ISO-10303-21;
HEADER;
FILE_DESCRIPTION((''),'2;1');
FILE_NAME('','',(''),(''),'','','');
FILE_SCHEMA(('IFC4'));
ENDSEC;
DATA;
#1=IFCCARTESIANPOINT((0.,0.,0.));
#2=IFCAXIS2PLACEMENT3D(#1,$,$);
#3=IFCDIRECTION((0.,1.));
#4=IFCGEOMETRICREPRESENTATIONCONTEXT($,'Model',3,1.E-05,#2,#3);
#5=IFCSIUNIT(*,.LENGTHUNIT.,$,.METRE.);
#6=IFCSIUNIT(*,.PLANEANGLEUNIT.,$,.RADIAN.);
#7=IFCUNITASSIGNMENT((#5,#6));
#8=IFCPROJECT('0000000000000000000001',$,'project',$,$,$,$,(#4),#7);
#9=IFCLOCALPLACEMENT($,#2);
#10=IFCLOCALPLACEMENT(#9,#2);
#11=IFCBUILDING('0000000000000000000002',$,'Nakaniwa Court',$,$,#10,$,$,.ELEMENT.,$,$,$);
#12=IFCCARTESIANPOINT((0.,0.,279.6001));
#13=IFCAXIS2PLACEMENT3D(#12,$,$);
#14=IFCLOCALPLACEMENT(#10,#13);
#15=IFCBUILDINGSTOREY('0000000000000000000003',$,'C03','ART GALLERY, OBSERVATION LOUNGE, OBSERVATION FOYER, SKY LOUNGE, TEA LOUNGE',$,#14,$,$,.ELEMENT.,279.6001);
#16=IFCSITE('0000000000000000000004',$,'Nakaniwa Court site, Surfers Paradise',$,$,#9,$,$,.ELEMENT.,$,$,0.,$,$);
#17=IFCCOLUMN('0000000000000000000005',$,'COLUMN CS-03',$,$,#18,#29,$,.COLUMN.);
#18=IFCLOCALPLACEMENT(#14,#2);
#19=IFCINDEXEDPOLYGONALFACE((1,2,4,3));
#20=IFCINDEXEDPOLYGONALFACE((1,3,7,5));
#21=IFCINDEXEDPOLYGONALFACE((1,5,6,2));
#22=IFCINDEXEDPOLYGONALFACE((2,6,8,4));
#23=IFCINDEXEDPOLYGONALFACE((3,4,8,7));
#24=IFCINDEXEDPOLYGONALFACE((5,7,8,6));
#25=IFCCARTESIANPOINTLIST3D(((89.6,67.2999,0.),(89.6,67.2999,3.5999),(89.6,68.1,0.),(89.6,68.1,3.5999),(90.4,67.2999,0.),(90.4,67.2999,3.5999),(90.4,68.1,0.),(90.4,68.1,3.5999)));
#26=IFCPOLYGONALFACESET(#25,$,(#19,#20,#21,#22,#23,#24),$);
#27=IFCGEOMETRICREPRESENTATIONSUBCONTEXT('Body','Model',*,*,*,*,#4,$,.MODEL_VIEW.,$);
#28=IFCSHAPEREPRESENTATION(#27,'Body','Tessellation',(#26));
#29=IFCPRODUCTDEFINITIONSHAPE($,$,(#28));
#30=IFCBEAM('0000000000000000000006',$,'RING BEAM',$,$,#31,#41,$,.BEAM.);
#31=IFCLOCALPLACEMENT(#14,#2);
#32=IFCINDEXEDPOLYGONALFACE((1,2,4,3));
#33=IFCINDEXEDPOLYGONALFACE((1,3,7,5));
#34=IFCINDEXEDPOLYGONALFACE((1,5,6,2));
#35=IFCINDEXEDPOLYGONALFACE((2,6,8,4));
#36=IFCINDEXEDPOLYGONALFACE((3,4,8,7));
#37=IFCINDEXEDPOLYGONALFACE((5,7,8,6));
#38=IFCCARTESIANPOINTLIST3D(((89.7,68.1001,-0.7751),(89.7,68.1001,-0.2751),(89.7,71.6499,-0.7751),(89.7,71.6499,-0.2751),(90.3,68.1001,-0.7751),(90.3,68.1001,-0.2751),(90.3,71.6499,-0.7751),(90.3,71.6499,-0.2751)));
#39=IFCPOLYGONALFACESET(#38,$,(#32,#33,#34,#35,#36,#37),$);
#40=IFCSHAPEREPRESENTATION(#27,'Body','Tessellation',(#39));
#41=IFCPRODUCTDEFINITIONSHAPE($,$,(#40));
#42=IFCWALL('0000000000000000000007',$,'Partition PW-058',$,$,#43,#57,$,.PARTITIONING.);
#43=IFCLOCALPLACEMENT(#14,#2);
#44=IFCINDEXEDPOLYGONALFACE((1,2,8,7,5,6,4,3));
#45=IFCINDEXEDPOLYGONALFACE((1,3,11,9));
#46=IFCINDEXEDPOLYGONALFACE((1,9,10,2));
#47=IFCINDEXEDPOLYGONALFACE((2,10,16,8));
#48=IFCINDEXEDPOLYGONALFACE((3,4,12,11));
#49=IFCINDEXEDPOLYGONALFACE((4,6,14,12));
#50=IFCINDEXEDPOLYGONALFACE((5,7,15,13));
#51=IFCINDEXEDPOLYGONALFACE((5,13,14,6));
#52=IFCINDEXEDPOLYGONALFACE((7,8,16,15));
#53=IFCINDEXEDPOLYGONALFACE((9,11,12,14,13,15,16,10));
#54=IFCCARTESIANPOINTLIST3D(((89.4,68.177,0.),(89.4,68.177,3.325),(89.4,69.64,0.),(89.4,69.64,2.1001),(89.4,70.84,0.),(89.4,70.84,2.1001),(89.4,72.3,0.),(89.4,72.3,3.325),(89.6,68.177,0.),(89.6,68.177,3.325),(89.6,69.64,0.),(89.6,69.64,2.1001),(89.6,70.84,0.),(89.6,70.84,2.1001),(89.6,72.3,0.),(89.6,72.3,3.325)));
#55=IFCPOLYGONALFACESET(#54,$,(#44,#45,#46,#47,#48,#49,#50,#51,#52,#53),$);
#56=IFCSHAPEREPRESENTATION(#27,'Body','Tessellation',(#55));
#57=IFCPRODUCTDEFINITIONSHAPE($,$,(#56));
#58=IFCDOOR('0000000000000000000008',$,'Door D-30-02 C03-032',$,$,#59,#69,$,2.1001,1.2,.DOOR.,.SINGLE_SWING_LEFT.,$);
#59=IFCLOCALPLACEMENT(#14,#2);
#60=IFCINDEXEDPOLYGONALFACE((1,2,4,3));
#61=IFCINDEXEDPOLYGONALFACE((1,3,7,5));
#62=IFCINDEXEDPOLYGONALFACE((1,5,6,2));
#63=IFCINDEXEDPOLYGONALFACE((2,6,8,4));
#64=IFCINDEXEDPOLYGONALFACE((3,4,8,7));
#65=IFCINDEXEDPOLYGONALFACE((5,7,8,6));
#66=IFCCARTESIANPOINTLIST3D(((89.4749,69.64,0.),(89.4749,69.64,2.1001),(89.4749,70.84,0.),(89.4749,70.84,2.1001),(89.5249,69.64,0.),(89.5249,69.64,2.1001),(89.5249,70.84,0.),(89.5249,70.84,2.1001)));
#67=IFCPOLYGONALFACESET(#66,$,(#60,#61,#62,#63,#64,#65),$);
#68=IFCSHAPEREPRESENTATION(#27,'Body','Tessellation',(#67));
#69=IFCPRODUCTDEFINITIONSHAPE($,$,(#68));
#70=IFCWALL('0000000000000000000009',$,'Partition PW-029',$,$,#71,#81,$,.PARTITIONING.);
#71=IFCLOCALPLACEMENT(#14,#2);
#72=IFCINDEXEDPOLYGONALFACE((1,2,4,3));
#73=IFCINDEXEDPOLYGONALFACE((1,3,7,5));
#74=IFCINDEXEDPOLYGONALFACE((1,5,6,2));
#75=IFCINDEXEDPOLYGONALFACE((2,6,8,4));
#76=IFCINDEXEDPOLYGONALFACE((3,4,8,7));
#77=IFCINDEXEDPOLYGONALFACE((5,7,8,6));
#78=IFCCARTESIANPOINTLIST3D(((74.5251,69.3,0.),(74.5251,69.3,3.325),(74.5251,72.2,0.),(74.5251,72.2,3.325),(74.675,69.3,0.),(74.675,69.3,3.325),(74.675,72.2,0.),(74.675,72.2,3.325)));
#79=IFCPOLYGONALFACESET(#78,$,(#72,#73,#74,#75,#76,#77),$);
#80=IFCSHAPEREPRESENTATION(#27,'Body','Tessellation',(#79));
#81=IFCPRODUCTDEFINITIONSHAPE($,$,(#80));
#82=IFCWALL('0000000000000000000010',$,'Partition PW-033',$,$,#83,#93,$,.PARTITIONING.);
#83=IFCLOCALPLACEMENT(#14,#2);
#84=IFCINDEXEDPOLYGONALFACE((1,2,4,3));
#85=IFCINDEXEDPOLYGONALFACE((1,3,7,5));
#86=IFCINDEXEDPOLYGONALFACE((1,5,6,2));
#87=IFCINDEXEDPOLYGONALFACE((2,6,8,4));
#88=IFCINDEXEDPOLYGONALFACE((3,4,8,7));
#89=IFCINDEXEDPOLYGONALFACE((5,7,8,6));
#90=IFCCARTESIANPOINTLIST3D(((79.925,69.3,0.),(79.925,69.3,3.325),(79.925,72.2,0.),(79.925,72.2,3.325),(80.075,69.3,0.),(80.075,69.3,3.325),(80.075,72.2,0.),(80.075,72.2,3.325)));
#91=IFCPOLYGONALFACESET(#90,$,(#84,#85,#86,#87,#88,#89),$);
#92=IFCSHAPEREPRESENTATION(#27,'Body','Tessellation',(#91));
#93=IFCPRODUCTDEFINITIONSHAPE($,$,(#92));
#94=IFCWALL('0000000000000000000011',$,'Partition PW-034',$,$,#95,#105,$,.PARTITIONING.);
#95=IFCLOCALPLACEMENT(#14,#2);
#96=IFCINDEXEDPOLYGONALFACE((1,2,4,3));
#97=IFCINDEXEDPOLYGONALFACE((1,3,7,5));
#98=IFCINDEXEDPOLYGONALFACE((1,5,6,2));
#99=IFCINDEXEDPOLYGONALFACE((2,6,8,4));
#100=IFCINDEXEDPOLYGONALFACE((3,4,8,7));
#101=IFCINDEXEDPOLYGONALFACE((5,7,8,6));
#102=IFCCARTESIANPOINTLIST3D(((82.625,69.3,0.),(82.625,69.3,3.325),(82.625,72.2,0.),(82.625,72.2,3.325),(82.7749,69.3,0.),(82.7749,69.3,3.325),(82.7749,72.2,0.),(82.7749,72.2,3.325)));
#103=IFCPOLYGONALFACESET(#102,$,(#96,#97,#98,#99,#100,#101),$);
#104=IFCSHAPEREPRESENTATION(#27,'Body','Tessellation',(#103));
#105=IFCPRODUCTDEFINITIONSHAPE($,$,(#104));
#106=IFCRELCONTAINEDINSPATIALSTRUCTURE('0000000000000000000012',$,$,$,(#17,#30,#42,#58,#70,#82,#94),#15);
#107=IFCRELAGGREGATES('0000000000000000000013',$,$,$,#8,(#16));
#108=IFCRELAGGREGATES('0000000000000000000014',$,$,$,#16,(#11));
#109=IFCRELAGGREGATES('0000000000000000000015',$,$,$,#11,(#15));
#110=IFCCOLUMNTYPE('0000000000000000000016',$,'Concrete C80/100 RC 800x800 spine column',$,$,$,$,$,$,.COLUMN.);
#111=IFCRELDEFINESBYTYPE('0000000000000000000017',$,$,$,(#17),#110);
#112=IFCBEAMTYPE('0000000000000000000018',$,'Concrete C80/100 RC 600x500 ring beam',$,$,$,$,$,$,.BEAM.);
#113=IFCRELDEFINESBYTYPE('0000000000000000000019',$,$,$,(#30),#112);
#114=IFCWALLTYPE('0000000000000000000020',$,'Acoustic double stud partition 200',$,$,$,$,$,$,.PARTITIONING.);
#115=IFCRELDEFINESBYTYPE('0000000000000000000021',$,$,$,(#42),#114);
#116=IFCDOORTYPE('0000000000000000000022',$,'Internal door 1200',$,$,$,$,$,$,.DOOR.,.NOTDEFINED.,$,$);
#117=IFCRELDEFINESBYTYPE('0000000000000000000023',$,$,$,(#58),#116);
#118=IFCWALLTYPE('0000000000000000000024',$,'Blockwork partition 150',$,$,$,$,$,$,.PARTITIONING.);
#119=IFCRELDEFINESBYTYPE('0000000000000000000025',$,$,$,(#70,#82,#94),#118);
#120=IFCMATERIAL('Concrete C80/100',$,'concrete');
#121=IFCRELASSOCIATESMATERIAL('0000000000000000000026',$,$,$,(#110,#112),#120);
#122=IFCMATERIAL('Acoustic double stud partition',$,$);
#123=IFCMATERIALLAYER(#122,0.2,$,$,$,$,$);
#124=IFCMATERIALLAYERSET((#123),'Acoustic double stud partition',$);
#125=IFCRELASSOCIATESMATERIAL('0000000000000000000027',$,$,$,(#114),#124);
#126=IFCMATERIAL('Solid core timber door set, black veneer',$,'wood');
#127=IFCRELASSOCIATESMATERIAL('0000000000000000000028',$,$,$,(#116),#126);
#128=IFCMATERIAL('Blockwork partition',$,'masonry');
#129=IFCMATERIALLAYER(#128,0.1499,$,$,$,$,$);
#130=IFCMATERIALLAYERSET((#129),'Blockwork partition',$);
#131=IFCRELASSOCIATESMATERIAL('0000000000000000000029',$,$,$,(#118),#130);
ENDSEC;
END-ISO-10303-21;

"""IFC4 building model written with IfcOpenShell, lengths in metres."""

from ifc_helpers import new_model, si_unit, direction, frame, frame_2d, origin, origin_2d, place, context, subcontext, project, spatial, rectangle, extrude, material, layer, layer_set, material_profile, profile_set, type_object, element, fill, save


model = new_model("IFC4")

# Units and contexts
model_context = context("Model", 3, precision=1e-05, world=origin(), true_north=direction((0.0, 1.0)))
body_context = subcontext(model_context, "Body", "Model", "MODEL_VIEW")
ifc_project = project(units=[si_unit("LENGTHUNIT", "METRE"), si_unit("PLANEANGLEUNIT", "RADIAN")], contexts=[model_context])

# Site, building, storey
site_placement = place(None, origin())
site = spatial("IfcSite", under=ifc_project, at=site_placement, Name="Nakaniwa Court site, Surfers Paradise", CompositionType="ELEMENT", RefElevation=0.0)
building_placement = place(site_placement, origin())
building = spatial("IfcBuilding", under=site, at=building_placement, Name="Nakaniwa Court", CompositionType="ELEMENT")
storey_placement = place(building_placement, frame((0.0, 0.0, 279.6001)))
storey = spatial("IfcBuildingStorey", under=building, at=storey_placement, Name="C03", Description="ART GALLERY, OBSERVATION LOUNGE, OBSERVATION FOYER, SKY LOUNGE, TEA LOUNGE", CompositionType="ELEMENT", Elevation=279.6001)

# Column
ifc_material_1 = material(Name="Concrete C80/100", Category="concrete")
ifc_material_profile_1 = material_profile(ifc_material_1, rectangle(XDim=0.8, YDim=0.8, at=origin_2d()), Name="Concrete C80/100 RC 800x800 spine column")
ifc_profile_set_1 = profile_set([ifc_material_profile_1], Name="Concrete C80/100")
column_type = type_object("IfcColumnType", Name="Concrete C80/100 RC 800x800 spine column", PredefinedType="COLUMN", material=ifc_profile_set_1)
column_placement = place(storey_placement, frame((90.0, 67.7, 0.0), z_axis=(0.0, 0.0, 1.0), x_axis=(0.0, 1.0, 0.0)))
element("IfcColumn", 1, at=column_placement, inside=storey, type_object=column_type, Name="COLUMN CS-03", PredefinedType="COLUMN", context=body_context, shape_type="SweptSolid", body=[
    extrude(rectangle(XDim=0.8, YDim=0.8, at=origin_2d()), origin(), (0.0, 0.0, 1.0), 3.5999),
])

# Beam
ifc_material_profile_2 = material_profile(ifc_material_1, rectangle(XDim=0.6001, YDim=0.5, at=origin_2d()), Name="Concrete C80/100 RC 600x500 ring beam")
ifc_profile_set_2 = profile_set([ifc_material_profile_2], Name="Concrete C80/100")
beam_type = type_object("IfcBeamType", Name="Concrete C80/100 RC 600x500 ring beam", PredefinedType="BEAM", material=ifc_profile_set_2)
beam_placement = place(storey_placement, frame((90.0, 68.1001, -0.5251), z_axis=(0.0, 1.0, 0.0), x_axis=(-1.0, 0.0, 0.0)))
element("IfcBeam", 2, at=beam_placement, inside=storey, type_object=beam_type, Name="RING BEAM", PredefinedType="BEAM", context=body_context, shape_type="SweptSolid", body=[
    extrude(rectangle(XDim=0.6001, YDim=0.5, at=origin_2d()), origin(), (0.0, 0.0, 1.0), 3.5498),
])

# Wall, opening, door
ifc_material_2 = material(Name="Acoustic double stud partition")
ifc_layer_1 = layer(ifc_material_2, 0.2)
ifc_layer_set_1 = layer_set([ifc_layer_1], Name="Acoustic double stud partition")
wall_type_1 = type_object("IfcWallType", Name="Acoustic double stud partition 200", PredefinedType="PARTITIONING", material=ifc_layer_set_1)
wall_1_placement = place(storey_placement, frame((89.5, 72.3, 0.0), z_axis=(0.0, 0.0, 1.0), x_axis=(0.0, -1.0, 0.0)))
wall_1 = element("IfcWall", 3, at=wall_1_placement, inside=storey, type_object=wall_type_1, Name="Partition PW-058", PredefinedType="PARTITIONING", context=body_context, shape_type="SweptSolid", body=[
    extrude(rectangle(XDim=4.123, YDim=0.2, at=frame_2d((2.0615, 0.0))), origin(), (0.0, 0.0, 1.0), 3.325),
])
opening_1_placement = place(wall_1_placement, frame((1.46, 0.0, 0.0)))
opening_1 = element("IfcOpeningElement", 4, at=opening_1_placement, cuts=wall_1, PredefinedType="OPENING", context=body_context, shape_type="SweptSolid", body=[
    extrude(rectangle(XDim=1.2, YDim=2.1001, at=frame_2d((0.6001, 1.05))), frame((0.0, 0.1099, 0.0), z_axis=(0.0, -1.0, 0.0), x_axis=(1.0, 0.0, 0.0)), (0.0, 0.0, 1.0), 0.22),
])
ifc_material_3 = material(Name="Solid core timber door set, black veneer", Category="wood")
door_type_1 = type_object("IfcDoorType", Name="Internal door 1200", OperationType="NOTDEFINED", PredefinedType="DOOR", material=ifc_material_3)
door_1_placement = place(opening_1_placement, origin())
door_1 = element("IfcDoor", 5, at=door_1_placement, inside=storey, type_object=door_type_1, Name="Door D-30-02 C03-032", OperationType="SINGLE_SWING_LEFT", OverallHeight=2.1001, OverallWidth=1.2, PredefinedType="DOOR", context=body_context, shape_type="SweptSolid", body=[
    extrude(rectangle(XDim=1.2, YDim=2.1001, at=frame_2d((0.6001, 1.05))), frame((0.0, 0.0249, 0.0), z_axis=(0.0, -1.0, 0.0), x_axis=(1.0, 0.0, 0.0)), (0.0, 0.0, 1.0), 0.05),
])
fill(opening_1, door_1)

# Walls
ifc_material_4 = material(Name="Blockwork partition", Category="masonry")
ifc_layer_2 = layer(ifc_material_4, 0.1499)
ifc_layer_set_2 = layer_set([ifc_layer_2], Name="Blockwork partition")
wall_type_2 = type_object("IfcWallType", Name="Blockwork partition 150", PredefinedType="PARTITIONING", material=ifc_layer_set_2)
for number, where, z_axis, x_axis, name in (
    (6, (74.6001, 69.3, 0.0), (0.0, 0.0, 1.0), (0.0, 1.0, 0.0), "Partition PW-029"),
    (7, (80.0, 69.3, 0.0), (0.0, 0.0, 1.0), (0.0, 1.0, 0.0), "Partition PW-033"),
    (8, (82.7, 69.3, 0.0), (0.0, 0.0, 1.0), (0.0, 1.0, 0.0), "Partition PW-034"),
):
    element("IfcWall", number, at=place(storey_placement, frame(where, z_axis=z_axis, x_axis=x_axis)), inside=storey, type_object=wall_type_2, Name=name, PredefinedType="PARTITIONING", context=body_context, shape_type="SweptSolid", body=[
        extrude(rectangle(XDim=2.8999, YDim=0.1499, at=frame_2d((1.45, 0.0))), origin(), (0.0, 0.0, 1.0), 3.325),
    ])

save(model, "model.ifc")
